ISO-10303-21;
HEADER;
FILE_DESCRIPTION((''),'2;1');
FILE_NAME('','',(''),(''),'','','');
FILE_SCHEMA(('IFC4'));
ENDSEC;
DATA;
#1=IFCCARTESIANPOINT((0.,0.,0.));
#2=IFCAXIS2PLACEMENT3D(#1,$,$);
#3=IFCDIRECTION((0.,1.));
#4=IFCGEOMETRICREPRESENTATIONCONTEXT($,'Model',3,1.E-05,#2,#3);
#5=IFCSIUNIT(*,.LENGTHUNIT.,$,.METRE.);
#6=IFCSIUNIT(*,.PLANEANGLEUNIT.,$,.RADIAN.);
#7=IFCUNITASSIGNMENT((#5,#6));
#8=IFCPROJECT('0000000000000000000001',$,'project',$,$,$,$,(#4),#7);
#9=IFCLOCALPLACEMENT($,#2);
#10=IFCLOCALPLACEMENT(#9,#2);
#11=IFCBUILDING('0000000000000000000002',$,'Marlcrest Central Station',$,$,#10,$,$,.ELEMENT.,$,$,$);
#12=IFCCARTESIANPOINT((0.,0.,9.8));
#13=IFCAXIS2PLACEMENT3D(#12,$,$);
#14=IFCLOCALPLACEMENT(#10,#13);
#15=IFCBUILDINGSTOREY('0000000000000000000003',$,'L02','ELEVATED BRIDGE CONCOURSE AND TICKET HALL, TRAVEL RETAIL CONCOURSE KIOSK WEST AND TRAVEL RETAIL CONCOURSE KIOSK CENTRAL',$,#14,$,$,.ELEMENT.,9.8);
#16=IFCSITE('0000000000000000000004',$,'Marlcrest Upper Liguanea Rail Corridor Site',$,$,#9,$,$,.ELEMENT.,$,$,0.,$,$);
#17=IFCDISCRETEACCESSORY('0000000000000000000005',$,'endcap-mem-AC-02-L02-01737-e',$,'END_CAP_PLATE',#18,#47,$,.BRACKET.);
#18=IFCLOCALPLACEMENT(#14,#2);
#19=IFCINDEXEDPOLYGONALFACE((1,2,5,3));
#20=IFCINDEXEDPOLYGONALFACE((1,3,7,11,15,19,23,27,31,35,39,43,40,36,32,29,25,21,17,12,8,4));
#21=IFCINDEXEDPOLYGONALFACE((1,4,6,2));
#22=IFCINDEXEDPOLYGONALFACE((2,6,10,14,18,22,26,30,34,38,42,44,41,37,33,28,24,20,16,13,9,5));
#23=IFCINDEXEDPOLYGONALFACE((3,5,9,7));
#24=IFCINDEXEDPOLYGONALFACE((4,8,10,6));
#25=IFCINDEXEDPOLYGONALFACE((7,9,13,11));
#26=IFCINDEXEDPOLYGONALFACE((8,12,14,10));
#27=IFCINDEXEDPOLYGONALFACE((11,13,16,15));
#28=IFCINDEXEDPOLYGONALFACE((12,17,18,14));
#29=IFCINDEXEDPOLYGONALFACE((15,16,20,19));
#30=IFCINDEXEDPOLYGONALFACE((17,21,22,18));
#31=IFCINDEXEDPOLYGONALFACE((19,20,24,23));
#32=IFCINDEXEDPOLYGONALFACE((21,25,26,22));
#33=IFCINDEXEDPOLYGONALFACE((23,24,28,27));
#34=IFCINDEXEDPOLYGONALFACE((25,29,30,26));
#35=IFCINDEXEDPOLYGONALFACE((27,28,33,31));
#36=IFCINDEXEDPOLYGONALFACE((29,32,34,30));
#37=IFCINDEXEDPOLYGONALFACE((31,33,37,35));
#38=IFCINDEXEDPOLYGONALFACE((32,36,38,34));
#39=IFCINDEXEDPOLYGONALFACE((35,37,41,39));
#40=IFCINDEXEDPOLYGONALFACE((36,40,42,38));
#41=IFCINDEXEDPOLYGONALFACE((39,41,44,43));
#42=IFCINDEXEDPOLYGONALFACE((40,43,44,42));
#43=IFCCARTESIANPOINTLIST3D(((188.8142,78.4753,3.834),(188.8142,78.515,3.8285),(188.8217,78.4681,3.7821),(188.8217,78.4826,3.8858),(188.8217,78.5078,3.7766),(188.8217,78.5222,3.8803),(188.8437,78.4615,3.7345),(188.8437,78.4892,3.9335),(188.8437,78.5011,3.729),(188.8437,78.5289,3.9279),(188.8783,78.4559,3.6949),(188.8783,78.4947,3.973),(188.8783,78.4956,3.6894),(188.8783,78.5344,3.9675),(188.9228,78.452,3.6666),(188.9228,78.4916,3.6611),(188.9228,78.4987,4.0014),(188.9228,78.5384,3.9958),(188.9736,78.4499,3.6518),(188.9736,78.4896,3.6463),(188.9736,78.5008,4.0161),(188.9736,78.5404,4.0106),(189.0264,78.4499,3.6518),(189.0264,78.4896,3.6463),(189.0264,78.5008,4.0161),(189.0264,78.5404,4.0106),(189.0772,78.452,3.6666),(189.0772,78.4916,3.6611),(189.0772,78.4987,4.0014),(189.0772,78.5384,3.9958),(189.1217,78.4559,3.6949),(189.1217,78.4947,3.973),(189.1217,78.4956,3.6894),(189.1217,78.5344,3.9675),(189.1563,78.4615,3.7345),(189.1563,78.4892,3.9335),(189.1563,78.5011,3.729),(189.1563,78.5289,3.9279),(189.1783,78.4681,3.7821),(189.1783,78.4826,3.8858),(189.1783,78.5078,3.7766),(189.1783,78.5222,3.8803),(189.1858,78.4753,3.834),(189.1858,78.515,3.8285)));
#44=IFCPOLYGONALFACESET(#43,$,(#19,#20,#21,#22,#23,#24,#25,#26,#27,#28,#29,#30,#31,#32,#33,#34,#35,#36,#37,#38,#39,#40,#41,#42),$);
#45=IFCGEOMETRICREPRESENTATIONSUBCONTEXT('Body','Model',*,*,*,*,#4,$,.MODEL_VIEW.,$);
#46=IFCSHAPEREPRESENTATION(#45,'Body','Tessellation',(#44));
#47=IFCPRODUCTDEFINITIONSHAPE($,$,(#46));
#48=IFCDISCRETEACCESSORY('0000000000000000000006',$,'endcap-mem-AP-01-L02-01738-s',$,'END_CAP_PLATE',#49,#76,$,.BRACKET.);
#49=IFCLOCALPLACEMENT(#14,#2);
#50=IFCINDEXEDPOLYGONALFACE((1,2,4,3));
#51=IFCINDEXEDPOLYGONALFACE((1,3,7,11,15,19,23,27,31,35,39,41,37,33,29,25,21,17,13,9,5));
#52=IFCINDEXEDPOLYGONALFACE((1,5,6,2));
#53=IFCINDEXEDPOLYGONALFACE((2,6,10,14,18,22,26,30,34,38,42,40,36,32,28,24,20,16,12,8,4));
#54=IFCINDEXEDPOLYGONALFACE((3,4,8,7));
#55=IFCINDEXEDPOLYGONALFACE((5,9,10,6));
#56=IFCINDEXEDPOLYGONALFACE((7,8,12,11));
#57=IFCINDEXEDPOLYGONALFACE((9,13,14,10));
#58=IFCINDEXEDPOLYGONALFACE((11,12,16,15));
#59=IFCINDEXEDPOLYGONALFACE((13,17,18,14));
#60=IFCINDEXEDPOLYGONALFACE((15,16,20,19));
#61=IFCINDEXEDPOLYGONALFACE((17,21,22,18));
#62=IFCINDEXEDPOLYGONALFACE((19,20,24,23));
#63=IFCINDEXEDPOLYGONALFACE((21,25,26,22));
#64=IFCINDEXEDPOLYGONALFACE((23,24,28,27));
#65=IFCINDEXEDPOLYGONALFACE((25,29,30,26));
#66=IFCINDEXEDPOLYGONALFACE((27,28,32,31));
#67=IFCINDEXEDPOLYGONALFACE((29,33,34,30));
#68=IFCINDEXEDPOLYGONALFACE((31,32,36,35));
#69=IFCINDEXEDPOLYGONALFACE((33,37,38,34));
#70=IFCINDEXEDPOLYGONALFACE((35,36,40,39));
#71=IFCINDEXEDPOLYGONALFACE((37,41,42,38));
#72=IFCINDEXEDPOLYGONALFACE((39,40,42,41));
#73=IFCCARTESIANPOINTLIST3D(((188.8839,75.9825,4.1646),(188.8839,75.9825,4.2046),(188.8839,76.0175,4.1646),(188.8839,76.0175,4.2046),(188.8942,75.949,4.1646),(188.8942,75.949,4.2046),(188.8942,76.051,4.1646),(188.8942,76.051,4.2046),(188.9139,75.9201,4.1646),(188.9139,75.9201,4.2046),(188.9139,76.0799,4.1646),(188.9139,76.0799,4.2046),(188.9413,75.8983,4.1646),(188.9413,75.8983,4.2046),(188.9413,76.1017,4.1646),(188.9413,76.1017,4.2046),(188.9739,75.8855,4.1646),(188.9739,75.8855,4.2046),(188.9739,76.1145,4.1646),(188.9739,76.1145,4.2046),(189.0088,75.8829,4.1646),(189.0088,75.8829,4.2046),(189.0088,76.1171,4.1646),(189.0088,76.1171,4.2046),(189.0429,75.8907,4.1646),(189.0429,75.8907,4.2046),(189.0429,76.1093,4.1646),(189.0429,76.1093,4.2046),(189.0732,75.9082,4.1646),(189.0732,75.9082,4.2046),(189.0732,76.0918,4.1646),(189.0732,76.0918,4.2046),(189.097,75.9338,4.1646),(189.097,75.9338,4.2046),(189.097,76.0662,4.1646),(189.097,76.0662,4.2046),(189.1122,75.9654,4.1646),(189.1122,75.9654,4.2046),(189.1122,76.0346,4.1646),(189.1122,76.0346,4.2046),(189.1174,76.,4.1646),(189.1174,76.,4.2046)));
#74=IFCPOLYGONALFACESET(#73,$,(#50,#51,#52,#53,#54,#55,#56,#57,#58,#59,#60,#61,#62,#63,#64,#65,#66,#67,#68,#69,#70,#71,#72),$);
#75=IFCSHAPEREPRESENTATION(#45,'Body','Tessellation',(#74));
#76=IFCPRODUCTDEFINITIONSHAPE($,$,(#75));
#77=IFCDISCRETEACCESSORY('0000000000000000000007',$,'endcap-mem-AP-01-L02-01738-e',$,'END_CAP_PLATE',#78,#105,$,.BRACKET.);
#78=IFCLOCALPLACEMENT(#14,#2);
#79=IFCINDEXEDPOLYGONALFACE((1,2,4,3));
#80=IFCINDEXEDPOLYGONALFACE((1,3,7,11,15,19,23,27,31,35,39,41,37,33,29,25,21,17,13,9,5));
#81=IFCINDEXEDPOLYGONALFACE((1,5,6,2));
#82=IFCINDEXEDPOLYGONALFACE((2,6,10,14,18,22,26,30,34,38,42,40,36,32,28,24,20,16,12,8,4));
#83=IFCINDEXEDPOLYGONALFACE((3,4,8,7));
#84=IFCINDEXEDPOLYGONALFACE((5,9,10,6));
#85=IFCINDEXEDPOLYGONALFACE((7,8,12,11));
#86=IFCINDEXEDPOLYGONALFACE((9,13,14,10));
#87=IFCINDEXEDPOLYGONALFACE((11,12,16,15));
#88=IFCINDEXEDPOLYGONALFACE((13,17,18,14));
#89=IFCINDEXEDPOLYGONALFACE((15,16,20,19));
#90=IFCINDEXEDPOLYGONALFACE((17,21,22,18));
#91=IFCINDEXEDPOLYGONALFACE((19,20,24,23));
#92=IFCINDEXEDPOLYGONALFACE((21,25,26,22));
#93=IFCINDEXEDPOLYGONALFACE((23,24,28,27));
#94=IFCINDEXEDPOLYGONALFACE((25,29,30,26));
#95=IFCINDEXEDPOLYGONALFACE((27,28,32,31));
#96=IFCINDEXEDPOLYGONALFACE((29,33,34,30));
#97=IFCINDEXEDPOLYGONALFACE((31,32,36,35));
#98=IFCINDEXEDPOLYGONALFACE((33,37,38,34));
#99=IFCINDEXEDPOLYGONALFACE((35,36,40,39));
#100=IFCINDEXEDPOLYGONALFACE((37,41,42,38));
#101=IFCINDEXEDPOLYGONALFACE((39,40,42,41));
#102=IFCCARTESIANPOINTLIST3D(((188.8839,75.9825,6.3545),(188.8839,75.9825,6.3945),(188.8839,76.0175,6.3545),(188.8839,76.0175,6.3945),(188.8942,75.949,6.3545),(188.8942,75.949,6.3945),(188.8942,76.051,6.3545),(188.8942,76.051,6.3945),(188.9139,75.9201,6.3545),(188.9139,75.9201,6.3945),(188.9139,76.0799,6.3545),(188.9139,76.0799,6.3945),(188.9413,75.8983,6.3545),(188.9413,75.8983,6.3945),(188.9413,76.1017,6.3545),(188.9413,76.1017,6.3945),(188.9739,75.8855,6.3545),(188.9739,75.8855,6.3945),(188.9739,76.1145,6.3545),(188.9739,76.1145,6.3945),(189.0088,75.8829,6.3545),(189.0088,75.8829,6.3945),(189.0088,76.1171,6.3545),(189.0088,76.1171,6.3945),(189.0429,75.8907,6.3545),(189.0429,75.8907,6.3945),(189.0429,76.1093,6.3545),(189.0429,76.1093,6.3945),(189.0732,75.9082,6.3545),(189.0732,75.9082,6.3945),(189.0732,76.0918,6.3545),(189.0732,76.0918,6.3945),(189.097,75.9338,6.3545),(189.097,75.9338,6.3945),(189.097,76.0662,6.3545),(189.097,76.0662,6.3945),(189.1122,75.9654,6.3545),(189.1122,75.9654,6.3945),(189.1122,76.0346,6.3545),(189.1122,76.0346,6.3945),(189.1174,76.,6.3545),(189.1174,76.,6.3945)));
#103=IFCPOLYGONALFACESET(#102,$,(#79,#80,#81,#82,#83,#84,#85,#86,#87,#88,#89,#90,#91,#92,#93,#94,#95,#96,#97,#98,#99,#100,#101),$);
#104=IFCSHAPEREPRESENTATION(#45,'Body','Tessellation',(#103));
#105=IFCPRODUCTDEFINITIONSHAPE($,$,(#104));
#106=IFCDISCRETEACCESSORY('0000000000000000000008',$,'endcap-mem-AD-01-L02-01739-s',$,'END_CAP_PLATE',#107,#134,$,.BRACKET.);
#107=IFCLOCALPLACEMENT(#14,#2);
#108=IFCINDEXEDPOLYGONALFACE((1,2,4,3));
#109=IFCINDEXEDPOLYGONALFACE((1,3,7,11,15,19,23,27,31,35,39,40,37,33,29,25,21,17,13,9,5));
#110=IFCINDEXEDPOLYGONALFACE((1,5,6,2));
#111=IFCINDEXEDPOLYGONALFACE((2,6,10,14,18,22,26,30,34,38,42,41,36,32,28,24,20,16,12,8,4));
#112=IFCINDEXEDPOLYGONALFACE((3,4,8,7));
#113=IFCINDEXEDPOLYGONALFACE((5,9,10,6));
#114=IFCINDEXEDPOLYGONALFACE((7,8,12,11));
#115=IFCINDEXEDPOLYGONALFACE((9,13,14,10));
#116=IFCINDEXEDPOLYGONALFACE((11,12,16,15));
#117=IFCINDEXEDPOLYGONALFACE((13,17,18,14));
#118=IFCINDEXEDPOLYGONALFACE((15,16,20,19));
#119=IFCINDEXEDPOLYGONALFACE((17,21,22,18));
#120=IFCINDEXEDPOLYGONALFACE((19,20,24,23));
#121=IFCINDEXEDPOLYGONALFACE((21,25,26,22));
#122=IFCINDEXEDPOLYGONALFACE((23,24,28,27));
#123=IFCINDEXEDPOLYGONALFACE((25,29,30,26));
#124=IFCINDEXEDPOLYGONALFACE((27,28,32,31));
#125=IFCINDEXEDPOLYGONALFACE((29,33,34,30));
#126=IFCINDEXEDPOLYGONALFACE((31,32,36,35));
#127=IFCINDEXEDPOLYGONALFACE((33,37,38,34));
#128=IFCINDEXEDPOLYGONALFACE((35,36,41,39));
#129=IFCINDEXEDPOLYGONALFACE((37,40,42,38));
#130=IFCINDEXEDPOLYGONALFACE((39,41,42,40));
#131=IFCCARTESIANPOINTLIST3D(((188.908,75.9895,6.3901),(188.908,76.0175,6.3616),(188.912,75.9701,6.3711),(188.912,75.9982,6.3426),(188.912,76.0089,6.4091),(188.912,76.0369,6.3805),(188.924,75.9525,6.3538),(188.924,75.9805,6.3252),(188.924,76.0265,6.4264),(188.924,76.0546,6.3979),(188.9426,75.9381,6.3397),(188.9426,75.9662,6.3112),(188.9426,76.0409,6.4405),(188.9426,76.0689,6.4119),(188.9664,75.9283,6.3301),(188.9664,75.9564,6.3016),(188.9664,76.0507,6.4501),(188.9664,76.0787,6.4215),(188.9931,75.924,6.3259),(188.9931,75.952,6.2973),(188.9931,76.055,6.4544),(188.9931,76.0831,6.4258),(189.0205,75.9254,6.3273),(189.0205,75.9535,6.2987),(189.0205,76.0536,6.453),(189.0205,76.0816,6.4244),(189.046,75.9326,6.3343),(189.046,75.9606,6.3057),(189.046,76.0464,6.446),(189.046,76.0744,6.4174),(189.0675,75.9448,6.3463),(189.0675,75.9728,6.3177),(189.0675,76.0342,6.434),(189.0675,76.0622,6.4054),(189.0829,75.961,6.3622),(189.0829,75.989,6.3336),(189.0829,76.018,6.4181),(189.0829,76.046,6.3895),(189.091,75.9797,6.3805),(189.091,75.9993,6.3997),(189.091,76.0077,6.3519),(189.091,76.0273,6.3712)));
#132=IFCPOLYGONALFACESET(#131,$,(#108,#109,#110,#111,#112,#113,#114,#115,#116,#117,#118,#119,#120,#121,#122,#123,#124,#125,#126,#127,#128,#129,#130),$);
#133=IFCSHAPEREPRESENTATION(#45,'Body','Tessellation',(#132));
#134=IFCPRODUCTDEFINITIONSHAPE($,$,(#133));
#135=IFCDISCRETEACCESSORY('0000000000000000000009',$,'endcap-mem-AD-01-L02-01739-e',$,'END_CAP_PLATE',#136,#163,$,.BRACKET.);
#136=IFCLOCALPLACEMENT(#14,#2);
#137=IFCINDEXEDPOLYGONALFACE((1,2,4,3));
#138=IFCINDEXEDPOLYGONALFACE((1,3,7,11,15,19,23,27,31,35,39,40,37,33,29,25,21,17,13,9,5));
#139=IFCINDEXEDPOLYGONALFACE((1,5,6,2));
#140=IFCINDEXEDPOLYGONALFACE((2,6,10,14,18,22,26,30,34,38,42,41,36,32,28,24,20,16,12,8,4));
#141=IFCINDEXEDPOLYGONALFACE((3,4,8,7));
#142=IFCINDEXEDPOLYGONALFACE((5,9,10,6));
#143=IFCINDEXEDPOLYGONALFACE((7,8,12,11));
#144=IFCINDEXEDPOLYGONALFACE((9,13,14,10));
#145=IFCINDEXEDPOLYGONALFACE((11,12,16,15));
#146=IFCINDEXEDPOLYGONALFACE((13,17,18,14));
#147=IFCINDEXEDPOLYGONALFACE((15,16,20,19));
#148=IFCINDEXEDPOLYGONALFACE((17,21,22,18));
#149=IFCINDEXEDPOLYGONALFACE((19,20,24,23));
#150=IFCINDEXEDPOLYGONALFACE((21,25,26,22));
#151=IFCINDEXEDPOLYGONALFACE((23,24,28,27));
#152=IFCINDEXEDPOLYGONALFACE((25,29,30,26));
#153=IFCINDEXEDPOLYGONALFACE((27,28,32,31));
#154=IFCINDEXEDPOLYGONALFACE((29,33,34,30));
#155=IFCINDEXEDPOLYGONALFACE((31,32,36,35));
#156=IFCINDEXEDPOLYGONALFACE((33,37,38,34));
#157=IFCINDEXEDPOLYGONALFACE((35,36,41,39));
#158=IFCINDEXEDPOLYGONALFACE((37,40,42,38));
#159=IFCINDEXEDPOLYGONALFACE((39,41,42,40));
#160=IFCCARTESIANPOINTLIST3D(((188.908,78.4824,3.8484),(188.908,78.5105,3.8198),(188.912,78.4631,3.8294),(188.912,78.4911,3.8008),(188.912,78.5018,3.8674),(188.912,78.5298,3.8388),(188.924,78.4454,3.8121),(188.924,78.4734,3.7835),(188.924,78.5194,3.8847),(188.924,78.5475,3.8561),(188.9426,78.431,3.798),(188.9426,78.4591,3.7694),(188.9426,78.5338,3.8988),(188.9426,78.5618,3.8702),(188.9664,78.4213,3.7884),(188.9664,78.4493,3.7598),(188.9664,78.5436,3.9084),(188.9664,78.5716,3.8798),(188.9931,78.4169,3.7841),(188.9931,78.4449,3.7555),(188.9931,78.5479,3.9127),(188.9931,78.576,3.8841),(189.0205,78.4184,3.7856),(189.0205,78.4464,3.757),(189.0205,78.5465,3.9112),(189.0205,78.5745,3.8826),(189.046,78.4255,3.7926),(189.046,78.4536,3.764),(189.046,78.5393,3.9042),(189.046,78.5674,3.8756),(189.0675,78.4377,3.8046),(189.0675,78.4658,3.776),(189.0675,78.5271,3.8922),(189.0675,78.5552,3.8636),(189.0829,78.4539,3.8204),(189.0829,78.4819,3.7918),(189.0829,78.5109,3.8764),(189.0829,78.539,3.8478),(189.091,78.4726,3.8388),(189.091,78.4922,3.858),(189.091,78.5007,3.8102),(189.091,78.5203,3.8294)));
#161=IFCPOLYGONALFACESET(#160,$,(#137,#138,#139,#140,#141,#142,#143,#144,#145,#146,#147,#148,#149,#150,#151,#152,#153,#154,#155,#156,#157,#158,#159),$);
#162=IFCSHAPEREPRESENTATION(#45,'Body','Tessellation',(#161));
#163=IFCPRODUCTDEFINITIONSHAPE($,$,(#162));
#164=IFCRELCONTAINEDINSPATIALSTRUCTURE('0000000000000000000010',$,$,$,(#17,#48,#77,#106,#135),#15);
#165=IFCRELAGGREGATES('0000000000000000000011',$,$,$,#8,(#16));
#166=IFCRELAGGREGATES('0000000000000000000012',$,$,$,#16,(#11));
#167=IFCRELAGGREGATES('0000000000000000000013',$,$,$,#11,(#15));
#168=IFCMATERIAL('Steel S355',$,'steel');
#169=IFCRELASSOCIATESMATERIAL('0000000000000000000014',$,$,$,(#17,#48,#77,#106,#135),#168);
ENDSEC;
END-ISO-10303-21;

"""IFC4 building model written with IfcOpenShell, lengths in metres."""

from ifc_helpers import new_model, si_unit, direction, frame, origin, origin_2d, place, context, subcontext, project, spatial, circle, extrude, material, element, save


model = new_model("IFC4")

# Units and contexts
model_context = context("Model", 3, precision=1e-05, world=origin(), true_north=direction((0.0, 1.0)))
body_context = subcontext(model_context, "Body", "Model", "MODEL_VIEW")
ifc_project = project(units=[si_unit("LENGTHUNIT", "METRE"), si_unit("PLANEANGLEUNIT", "RADIAN")], contexts=[model_context])

# Site, building, storey
site_placement = place(None, origin())
site = spatial("IfcSite", under=ifc_project, at=site_placement, Name="Marlcrest Upper Liguanea Rail Corridor Site", CompositionType="ELEMENT", RefElevation=0.0)
building_placement = place(site_placement, origin())
building = spatial("IfcBuilding", under=site, at=building_placement, Name="Marlcrest Central Station", CompositionType="ELEMENT")
storey_placement = place(building_placement, frame((0.0, 0.0, 9.8)))
storey = spatial("IfcBuildingStorey", under=building, at=storey_placement, Name="L02", Description="ELEVATED BRIDGE CONCOURSE AND TICKET HALL, TRAVEL RETAIL CONCOURSE KIOSK WEST AND TRAVEL RETAIL CONCOURSE KIOSK CENTRAL", CompositionType="ELEMENT", Elevation=9.8)

# Shared definitions
ifc_material = material(Name="Steel S355", Category="steel")

# Discrete accessories
for number, where, z_axis, x_axis, name in (
    (1, (189.0, 78.4753, 3.834), (0.0, 0.990403, -0.138211), (-1.0, 0.0, 0.0), "endcap-mem-AC-02-L02-01737-e"),
):
    element("IfcDiscreteAccessory", number, at=place(storey_placement, frame(where, z_axis=z_axis, x_axis=x_axis)), inside=storey, material=ifc_material, Name=name, ObjectType="END_CAP_PLATE", PredefinedType="BRACKET", context=body_context, shape_type="SweptSolid", body=[
        extrude(circle(Radius=0.1858, at=origin_2d()), origin(), (0.0, 0.0, 1.0), 0.04),
    ])
for number, where, z_axis, x_axis, name in (
    (2, (189.0, 76.0, 4.1646), (0.0, 0.0, 1.0), (1.0, 0.0, 0.0), "endcap-mem-AP-01-L02-01738-s"),
    (3, (189.0, 76.0, 6.3545), (0.0, 0.0, 1.0), (1.0, 0.0, 0.0), "endcap-mem-AP-01-L02-01738-e"),
):
    element("IfcDiscreteAccessory", number, at=place(storey_placement, frame(where, z_axis=z_axis, x_axis=x_axis)), inside=storey, material=ifc_material, Name=name, ObjectType="END_CAP_PLATE", PredefinedType="BRACKET", context=body_context, shape_type="SweptSolid", body=[
        extrude(circle(Radius=0.1174, at=origin_2d()), origin(), (0.0, 0.0, 1.0), 0.04),
    ])
for number, where, z_axis, x_axis, name in (
    (4, (189.0, 75.9895, 6.3901), (0.0, 0.700235, -0.713912), (-1.0, 0.0, 0.0), "endcap-mem-AD-01-L02-01739-s"),
    (5, (189.0, 78.4824, 3.8484), (0.0, 0.700235, -0.713912), (-1.0, 0.0, 0.0), "endcap-mem-AD-01-L02-01739-e"),
):
    element("IfcDiscreteAccessory", number, at=place(storey_placement, frame(where, z_axis=z_axis, x_axis=x_axis)), inside=storey, material=ifc_material, Name=name, ObjectType="END_CAP_PLATE", PredefinedType="BRACKET", context=body_context, shape_type="SweptSolid", body=[
        extrude(circle(Radius=0.092, at=origin_2d()), origin(), (0.0, 0.0, 1.0), 0.04),
    ])

save(model, "model.ifc")
